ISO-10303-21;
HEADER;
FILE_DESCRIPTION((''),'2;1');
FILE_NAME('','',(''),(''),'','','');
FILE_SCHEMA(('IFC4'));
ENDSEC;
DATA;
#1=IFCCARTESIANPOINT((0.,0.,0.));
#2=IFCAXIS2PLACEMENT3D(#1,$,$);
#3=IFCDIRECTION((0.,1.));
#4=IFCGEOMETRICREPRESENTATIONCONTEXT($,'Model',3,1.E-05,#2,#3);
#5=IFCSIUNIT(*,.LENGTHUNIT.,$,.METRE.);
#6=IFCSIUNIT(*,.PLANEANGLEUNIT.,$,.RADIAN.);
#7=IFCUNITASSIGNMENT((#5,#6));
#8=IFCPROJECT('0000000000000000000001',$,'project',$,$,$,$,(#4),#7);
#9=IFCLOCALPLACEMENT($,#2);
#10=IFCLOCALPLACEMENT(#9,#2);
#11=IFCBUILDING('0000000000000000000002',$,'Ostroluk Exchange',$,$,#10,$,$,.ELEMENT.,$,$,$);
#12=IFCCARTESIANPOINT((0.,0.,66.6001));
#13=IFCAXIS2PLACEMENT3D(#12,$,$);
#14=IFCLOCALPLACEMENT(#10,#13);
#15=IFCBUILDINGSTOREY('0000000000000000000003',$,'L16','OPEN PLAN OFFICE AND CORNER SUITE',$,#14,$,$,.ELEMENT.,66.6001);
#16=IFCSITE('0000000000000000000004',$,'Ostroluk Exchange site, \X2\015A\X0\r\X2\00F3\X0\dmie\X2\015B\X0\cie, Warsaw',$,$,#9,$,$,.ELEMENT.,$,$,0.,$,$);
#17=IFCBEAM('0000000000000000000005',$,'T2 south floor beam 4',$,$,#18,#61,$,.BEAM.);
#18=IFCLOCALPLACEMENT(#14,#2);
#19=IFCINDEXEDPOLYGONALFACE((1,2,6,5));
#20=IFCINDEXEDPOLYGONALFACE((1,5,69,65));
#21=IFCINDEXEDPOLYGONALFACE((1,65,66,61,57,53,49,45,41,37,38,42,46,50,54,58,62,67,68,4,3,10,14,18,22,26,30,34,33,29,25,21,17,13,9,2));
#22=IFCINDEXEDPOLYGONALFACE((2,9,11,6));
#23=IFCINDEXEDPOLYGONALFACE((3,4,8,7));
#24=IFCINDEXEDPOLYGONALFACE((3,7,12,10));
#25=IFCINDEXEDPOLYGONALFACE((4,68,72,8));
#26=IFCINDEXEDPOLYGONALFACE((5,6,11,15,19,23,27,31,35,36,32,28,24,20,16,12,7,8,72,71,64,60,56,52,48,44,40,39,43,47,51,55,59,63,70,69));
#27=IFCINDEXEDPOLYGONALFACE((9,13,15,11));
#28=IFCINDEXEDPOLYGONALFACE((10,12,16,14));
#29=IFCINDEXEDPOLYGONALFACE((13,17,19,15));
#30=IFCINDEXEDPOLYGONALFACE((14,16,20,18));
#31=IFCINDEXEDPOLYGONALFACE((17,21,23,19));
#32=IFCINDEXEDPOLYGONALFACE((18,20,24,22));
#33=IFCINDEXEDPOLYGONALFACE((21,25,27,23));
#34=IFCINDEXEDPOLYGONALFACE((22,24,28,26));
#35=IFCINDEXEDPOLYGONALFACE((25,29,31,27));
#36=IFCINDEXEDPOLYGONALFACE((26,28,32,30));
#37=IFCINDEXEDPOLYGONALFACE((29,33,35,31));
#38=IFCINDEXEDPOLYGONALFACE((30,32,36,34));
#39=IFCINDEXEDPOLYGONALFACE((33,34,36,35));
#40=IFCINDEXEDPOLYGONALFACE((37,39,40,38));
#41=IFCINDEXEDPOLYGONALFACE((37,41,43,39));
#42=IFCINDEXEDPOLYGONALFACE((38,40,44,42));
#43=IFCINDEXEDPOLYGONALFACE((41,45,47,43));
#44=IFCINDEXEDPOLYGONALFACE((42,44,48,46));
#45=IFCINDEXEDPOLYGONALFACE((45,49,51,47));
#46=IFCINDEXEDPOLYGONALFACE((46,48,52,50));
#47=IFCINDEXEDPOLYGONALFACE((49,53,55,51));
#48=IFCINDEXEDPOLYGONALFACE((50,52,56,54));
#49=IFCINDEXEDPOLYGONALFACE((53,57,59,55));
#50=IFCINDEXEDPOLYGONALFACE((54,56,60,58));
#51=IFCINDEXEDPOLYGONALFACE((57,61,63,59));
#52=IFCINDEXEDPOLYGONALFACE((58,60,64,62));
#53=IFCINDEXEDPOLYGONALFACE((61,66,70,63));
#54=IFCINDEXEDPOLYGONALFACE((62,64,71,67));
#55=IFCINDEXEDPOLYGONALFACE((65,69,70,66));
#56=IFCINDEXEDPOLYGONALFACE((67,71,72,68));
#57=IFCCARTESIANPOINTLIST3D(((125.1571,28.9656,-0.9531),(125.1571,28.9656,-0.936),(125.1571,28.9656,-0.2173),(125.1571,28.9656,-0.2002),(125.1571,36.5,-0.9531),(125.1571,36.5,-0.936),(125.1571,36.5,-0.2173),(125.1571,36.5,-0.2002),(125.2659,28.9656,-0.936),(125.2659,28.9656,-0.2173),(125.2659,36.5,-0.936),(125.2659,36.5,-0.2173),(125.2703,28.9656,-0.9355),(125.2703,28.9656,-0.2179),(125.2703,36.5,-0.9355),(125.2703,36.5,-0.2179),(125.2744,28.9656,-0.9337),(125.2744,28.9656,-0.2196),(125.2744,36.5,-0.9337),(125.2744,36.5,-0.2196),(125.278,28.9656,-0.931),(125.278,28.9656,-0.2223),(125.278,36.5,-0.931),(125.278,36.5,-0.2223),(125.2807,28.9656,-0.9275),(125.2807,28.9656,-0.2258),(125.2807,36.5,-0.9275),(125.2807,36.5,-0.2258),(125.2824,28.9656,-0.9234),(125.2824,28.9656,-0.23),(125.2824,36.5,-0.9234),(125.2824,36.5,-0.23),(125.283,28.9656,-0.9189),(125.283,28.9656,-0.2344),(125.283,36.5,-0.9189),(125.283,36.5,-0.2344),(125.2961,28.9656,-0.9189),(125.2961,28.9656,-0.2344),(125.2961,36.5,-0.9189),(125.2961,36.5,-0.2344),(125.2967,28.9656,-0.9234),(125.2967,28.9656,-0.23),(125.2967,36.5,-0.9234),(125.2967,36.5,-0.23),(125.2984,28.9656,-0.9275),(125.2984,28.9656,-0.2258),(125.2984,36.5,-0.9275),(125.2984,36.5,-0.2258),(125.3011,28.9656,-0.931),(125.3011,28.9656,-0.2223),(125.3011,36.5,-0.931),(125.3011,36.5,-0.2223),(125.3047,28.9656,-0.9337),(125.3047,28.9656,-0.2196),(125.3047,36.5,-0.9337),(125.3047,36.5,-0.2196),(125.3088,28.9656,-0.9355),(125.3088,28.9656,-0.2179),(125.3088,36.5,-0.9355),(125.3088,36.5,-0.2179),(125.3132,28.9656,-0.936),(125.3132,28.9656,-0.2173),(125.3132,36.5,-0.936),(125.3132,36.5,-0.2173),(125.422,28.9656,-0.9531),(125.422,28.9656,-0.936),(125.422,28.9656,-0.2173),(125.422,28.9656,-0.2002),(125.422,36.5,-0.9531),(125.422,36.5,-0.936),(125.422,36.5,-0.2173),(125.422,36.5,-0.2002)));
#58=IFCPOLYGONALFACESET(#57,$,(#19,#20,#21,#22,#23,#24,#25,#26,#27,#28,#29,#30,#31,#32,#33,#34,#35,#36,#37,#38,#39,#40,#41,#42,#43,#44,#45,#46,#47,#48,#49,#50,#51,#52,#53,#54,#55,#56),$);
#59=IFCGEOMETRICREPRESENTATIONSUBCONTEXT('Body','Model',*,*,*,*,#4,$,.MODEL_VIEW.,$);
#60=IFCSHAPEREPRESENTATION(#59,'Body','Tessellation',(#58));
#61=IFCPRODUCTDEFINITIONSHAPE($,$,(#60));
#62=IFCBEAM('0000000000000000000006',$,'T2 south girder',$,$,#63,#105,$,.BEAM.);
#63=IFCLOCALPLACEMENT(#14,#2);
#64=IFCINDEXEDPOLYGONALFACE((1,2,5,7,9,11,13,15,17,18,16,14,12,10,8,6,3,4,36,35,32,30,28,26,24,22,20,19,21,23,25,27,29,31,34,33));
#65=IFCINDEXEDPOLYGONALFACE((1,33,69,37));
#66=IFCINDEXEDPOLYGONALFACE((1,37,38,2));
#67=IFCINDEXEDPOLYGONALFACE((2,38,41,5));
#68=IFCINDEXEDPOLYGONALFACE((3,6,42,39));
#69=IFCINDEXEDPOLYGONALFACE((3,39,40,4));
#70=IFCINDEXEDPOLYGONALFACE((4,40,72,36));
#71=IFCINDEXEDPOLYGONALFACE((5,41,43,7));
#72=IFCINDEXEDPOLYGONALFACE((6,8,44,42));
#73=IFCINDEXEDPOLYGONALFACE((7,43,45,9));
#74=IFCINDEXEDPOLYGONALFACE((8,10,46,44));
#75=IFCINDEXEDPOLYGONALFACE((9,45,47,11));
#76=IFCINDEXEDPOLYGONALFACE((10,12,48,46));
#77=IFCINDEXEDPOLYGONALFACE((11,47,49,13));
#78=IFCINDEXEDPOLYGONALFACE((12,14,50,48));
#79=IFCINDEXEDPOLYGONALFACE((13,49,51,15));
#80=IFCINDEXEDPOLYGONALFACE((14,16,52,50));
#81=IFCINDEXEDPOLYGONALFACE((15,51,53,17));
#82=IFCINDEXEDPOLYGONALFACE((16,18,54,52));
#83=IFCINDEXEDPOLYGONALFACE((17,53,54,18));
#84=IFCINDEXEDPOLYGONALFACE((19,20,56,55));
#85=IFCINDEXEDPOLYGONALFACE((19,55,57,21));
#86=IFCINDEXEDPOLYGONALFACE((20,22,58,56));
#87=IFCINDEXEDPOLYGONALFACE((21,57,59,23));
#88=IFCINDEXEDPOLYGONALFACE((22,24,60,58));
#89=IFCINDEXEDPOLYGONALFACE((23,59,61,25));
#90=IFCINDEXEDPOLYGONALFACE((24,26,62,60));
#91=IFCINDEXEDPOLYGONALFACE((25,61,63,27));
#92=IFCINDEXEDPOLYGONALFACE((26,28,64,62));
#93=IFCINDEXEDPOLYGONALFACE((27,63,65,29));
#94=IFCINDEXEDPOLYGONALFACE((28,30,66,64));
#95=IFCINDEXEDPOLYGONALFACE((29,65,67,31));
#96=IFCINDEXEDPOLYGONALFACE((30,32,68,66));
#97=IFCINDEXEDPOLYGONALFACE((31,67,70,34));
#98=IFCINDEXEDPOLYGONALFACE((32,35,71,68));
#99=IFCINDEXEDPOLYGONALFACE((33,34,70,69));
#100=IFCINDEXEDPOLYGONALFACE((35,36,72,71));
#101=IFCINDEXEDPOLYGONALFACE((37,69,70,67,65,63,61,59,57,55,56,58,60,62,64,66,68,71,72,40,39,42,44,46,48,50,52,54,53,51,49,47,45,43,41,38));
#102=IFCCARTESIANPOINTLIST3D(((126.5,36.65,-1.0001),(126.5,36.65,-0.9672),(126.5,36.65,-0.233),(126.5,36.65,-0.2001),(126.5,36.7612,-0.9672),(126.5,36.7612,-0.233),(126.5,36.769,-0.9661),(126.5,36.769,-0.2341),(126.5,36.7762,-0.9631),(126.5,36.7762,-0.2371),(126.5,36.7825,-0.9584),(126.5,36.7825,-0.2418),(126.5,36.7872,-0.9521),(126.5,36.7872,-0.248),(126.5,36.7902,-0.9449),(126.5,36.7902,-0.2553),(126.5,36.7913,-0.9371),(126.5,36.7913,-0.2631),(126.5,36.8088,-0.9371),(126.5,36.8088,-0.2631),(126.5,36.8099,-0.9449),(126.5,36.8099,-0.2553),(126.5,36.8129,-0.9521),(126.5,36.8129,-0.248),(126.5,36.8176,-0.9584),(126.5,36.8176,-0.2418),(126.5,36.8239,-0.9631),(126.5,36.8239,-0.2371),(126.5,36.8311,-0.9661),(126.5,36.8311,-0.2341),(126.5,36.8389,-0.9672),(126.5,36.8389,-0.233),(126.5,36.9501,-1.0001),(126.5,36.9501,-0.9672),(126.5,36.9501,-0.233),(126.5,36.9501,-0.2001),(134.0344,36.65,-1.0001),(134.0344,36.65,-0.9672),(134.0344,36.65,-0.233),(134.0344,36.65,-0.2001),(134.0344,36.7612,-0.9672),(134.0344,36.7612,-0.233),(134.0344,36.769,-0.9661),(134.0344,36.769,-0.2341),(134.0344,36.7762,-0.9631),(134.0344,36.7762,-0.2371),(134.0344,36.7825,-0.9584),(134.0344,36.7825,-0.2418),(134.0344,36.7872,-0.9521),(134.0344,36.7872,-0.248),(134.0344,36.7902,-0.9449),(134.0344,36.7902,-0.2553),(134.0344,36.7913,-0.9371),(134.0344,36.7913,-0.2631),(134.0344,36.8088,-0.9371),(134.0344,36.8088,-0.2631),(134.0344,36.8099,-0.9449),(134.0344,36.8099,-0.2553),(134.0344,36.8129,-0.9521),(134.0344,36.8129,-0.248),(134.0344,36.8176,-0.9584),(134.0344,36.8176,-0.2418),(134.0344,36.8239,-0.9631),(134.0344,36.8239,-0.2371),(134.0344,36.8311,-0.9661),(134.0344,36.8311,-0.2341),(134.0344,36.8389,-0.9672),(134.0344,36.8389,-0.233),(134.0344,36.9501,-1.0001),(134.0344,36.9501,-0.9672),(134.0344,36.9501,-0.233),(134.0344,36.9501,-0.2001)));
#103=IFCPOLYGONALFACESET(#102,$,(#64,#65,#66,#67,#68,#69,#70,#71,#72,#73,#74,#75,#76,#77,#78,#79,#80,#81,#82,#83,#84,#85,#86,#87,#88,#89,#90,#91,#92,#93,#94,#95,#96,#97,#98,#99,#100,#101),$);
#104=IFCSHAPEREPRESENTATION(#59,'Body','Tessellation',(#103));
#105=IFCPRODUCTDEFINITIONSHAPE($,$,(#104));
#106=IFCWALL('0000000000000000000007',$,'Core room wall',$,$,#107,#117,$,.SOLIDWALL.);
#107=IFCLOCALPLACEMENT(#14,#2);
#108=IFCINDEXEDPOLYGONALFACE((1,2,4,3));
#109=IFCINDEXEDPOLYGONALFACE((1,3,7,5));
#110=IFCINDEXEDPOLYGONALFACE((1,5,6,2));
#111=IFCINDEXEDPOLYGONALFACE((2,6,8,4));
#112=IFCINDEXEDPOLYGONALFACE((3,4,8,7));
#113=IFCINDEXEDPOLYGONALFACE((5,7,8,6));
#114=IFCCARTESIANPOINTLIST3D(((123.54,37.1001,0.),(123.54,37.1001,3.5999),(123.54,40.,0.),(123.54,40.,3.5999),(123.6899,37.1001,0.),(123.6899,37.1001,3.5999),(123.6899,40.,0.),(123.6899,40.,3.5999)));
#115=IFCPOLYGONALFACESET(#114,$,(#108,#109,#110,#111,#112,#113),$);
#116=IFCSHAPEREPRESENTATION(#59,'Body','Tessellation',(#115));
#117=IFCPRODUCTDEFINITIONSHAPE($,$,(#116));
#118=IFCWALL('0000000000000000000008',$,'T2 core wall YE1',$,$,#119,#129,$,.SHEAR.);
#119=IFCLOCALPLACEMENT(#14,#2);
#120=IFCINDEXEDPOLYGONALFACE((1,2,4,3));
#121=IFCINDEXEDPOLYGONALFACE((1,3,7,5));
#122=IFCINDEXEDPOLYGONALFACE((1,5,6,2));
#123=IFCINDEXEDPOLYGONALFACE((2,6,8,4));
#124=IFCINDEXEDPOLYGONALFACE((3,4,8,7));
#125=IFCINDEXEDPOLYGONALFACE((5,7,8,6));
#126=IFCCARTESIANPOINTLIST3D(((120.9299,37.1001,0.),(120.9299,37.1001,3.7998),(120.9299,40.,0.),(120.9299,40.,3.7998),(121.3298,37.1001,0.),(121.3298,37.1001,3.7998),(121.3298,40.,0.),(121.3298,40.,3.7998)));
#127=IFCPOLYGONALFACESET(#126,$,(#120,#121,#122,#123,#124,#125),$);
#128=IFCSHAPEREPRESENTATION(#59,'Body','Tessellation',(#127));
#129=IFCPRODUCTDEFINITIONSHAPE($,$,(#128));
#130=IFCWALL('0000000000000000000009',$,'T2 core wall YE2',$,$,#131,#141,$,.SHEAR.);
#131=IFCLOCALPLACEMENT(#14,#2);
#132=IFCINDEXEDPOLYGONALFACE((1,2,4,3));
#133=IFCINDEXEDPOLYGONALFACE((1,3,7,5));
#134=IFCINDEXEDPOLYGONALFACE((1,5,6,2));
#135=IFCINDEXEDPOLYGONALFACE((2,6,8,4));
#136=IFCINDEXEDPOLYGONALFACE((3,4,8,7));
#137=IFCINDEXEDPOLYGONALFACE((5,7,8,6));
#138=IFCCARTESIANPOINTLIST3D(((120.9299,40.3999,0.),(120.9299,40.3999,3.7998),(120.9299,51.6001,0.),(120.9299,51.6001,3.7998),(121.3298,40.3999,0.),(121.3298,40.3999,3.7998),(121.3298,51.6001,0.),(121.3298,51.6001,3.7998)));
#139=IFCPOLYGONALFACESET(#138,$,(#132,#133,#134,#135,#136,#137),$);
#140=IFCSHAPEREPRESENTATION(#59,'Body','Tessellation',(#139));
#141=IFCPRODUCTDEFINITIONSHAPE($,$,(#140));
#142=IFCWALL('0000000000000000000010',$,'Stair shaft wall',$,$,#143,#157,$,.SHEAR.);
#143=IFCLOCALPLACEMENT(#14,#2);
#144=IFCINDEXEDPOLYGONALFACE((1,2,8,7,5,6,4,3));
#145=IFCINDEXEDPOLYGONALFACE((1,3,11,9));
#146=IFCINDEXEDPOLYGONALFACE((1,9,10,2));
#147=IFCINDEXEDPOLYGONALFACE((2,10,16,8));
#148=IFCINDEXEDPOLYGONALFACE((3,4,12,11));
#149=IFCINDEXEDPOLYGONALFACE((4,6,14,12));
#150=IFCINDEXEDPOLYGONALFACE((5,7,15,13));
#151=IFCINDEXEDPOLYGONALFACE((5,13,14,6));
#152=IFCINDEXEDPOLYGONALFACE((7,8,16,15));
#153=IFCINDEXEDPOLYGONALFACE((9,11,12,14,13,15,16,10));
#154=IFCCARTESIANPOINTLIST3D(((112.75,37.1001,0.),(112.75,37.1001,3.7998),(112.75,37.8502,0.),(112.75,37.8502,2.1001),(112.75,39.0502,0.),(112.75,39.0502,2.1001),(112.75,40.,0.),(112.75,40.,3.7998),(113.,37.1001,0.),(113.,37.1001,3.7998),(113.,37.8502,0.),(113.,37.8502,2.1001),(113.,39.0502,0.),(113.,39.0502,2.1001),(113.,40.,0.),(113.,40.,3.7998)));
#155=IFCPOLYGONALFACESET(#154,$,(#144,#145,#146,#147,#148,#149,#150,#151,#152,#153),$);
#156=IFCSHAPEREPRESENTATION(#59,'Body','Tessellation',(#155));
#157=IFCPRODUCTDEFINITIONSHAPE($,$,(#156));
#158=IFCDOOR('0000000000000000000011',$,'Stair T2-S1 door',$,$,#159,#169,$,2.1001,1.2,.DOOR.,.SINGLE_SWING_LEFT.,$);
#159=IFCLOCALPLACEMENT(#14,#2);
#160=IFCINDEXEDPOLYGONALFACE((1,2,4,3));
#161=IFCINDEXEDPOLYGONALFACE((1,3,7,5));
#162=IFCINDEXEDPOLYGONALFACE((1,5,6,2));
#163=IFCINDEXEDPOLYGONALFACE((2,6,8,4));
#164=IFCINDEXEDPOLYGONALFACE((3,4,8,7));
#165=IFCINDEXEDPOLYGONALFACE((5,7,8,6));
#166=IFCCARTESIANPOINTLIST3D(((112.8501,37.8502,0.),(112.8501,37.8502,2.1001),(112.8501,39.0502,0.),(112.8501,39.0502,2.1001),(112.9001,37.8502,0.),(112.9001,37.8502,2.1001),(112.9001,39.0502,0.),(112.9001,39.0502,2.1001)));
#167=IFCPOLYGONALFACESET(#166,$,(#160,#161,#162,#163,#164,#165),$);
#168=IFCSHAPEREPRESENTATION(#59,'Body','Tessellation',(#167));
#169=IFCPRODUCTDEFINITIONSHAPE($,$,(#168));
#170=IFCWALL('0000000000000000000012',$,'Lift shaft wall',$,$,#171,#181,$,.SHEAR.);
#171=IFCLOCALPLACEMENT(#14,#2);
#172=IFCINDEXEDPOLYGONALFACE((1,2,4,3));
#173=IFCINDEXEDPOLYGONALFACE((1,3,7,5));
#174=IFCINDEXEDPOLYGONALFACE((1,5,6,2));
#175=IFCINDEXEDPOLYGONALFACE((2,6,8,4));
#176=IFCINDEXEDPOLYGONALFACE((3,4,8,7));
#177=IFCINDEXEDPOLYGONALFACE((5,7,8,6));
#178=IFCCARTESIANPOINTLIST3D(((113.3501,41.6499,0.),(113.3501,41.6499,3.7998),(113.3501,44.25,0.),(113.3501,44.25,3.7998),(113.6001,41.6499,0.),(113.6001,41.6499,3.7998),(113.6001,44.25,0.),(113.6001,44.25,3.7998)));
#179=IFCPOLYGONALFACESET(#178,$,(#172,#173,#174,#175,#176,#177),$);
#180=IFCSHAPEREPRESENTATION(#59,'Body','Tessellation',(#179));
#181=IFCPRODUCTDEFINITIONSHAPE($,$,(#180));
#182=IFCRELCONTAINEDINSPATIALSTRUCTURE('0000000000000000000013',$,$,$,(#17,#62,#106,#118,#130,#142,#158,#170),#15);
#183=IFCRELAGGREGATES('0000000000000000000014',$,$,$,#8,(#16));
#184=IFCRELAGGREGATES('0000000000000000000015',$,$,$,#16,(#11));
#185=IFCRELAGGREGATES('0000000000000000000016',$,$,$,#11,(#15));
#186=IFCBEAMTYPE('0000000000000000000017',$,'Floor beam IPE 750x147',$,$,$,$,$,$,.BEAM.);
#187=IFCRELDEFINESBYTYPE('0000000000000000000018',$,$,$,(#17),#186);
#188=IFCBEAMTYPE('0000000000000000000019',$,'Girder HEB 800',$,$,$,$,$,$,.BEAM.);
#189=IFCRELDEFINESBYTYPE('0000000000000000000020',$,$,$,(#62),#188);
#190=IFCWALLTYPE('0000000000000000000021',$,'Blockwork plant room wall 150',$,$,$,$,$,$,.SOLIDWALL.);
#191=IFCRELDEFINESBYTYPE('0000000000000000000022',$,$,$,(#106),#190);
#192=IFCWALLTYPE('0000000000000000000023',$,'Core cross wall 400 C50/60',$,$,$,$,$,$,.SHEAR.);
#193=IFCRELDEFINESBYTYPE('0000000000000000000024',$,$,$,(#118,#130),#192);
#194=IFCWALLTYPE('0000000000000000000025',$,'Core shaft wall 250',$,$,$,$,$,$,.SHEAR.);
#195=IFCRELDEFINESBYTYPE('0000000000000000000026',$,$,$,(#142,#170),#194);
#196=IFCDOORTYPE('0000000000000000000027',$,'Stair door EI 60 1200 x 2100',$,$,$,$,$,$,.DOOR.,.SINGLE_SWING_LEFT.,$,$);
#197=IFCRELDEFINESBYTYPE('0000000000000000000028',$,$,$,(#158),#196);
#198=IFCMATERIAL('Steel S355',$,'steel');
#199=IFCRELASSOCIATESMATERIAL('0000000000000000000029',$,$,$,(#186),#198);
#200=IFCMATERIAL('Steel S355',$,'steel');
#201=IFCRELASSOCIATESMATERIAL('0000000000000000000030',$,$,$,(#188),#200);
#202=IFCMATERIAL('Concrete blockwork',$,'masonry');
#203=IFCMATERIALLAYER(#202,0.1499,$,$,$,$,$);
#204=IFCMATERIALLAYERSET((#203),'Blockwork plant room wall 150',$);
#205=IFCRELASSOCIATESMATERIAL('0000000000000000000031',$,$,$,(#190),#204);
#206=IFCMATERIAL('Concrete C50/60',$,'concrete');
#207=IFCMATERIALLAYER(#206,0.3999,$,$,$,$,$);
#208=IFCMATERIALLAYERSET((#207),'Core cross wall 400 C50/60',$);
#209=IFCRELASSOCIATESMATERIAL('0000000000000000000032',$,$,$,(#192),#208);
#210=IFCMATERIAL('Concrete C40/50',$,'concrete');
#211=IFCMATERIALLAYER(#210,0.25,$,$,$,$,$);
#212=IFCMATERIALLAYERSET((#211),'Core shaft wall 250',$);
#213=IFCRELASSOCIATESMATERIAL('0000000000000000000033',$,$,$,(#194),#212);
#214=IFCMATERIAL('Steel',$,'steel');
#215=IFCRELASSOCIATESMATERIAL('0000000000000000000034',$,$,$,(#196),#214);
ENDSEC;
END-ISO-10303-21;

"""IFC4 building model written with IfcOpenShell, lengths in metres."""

from ifc_helpers import new_model, si_unit, direction, frame, frame_2d, origin, origin_2d, place, context, subcontext, project, spatial, rectangle, i_section, extrude, material, layer, layer_set, material_profile, profile_set, type_object, element, fill, save


model = new_model("IFC4")

# Units and contexts
model_context = context("Model", 3, precision=1e-05, world=origin(), true_north=direction((0.0, 1.0)))
body_context = subcontext(model_context, "Body", "Model", "MODEL_VIEW")
ifc_project = project(units=[si_unit("LENGTHUNIT", "METRE"), si_unit("PLANEANGLEUNIT", "RADIAN")], contexts=[model_context])

# Site, building, storey
site_placement = place(None, origin())
site = spatial("IfcSite", under=ifc_project, at=site_placement, Name="Ostroluk Exchange site, Śródmieście, Warsaw", CompositionType="ELEMENT", RefElevation=0.0)
building_placement = place(site_placement, origin())
building = spatial("IfcBuilding", under=site, at=building_placement, Name="Ostroluk Exchange", CompositionType="ELEMENT")
storey_placement = place(building_placement, frame((0.0, 0.0, 66.6001)))
storey = spatial("IfcBuildingStorey", under=building, at=storey_placement, Name="L16", Description="OPEN PLAN OFFICE AND CORNER SUITE", CompositionType="ELEMENT", Elevation=66.6001)

# Beams
ifc_material_1 = material(Name="Steel S355", Category="steel")
ifc_material_profile_1 = material_profile(ifc_material_1, i_section(OverallWidth=0.2649, OverallDepth=0.7529, WebThickness=0.0132, FlangeThickness=0.0171, FilletRadius=0.0171, at=origin_2d()), Name="IPE 750x147")
ifc_profile_set_1 = profile_set([ifc_material_profile_1], Name="Steel S355")
beam_type_1 = type_object("IfcBeamType", Name="Floor beam IPE 750x147", PredefinedType="BEAM", material=ifc_profile_set_1)
for number, where, z_axis, x_axis, name in (
    (1, (125.2896, 36.5, -0.5767), (0.0, -1.0, 0.0), (1.0, 0.0, 0.0), "T2 south floor beam 4"),
):
    element("IfcBeam", number, at=place(storey_placement, frame(where, z_axis=z_axis, x_axis=x_axis)), inside=storey, type_object=beam_type_1, Name=name, PredefinedType="BEAM", context=body_context, shape_type="SweptSolid", body=[
        extrude(i_section(OverallWidth=0.2649, OverallDepth=0.7529, WebThickness=0.0132, FlangeThickness=0.0171, FilletRadius=0.0171, at=origin_2d()), origin(), (0.0, 0.0, 1.0), 7.5344),
    ])
ifc_material_2 = material(Name="Steel S355", Category="steel")
ifc_material_profile_2 = material_profile(ifc_material_2, i_section(OverallWidth=0.3, OverallDepth=0.8, WebThickness=0.0176, FlangeThickness=0.033, FilletRadius=0.03, at=origin_2d()), Name="HEB 800")
ifc_profile_set_2 = profile_set([ifc_material_profile_2], Name="Steel S355")
beam_type_2 = type_object("IfcBeamType", Name="Girder HEB 800", PredefinedType="BEAM", material=ifc_profile_set_2)
beam_placement = place(storey_placement, frame((126.5, 36.8, -0.6001), z_axis=(1.0, 0.0, 0.0), x_axis=(0.0, 1.0, 0.0)))
element("IfcBeam", 2, at=beam_placement, inside=storey, type_object=beam_type_2, Name="T2 south girder", PredefinedType="BEAM", context=body_context, shape_type="SweptSolid", body=[
    extrude(i_section(OverallWidth=0.3, OverallDepth=0.8, WebThickness=0.0176, FlangeThickness=0.033, FilletRadius=0.03, at=origin_2d()), origin(), (0.0, 0.0, 1.0), 7.5344),
])

# Walls
ifc_material_3 = material(Name="Concrete blockwork", Category="masonry")
ifc_layer_1 = layer(ifc_material_3, 0.1499)
ifc_layer_set_1 = layer_set([ifc_layer_1], Name="Blockwork plant room wall 150")
wall_type_1 = type_object("IfcWallType", Name="Blockwork plant room wall 150", PredefinedType="SOLIDWALL", material=ifc_layer_set_1)
wall_1_placement = place(storey_placement, frame((123.615, 37.1001, 0.0), z_axis=(0.0, 0.0, 1.0), x_axis=(0.0, 1.0, 0.0)))
element("IfcWall", 3, at=wall_1_placement, inside=storey, type_object=wall_type_1, Name="Core room wall", PredefinedType="SOLIDWALL", context=body_context, shape_type="SweptSolid", body=[
    extrude(rectangle(XDim=2.8999, YDim=0.1499, at=frame_2d((1.45, 0.0))), origin(), (0.0, 0.0, 1.0), 3.5999),
])
ifc_material_4 = material(Name="Concrete C50/60", Category="concrete")
ifc_layer_2 = layer(ifc_material_4, 0.3999)
ifc_layer_set_2 = layer_set([ifc_layer_2], Name="Core cross wall 400 C50/60")
wall_type_2 = type_object("IfcWallType", Name="Core cross wall 400 C50/60", PredefinedType="SHEAR", material=ifc_layer_set_2)
wall_2_placement = place(storey_placement, frame((121.1299, 37.1001, 0.0), z_axis=(0.0, 0.0, 1.0), x_axis=(0.0, 1.0, 0.0)))
element("IfcWall", 4, at=wall_2_placement, inside=storey, type_object=wall_type_2, Name="T2 core wall YE1", PredefinedType="SHEAR", context=body_context, shape_type="SweptSolid", body=[
    extrude(rectangle(XDim=2.8999, YDim=0.3999, at=frame_2d((1.45, 0.0))), origin(), (0.0, 0.0, 1.0), 3.7998),
])
wall_3_placement = place(storey_placement, frame((121.1299, 40.3999, 0.0), z_axis=(0.0, 0.0, 1.0), x_axis=(0.0, 1.0, 0.0)))
element("IfcWall", 5, at=wall_3_placement, inside=storey, type_object=wall_type_2, Name="T2 core wall YE2", PredefinedType="SHEAR", context=body_context, shape_type="SweptSolid", body=[
    extrude(rectangle(XDim=11.2002, YDim=0.3999, at=frame_2d((5.6001, 0.0))), origin(), (0.0, 0.0, 1.0), 3.7998),
])

# Wall, opening, door
ifc_material_5 = material(Name="Concrete C40/50", Category="concrete")
ifc_layer_3 = layer(ifc_material_5, 0.25)
ifc_layer_set_3 = layer_set([ifc_layer_3], Name="Core shaft wall 250")
wall_type_3 = type_object("IfcWallType", Name="Core shaft wall 250", PredefinedType="SHEAR", material=ifc_layer_set_3)
wall_4_placement = place(storey_placement, frame((112.875, 37.1001, 0.0), z_axis=(0.0, 0.0, 1.0), x_axis=(0.0, 1.0, 0.0)))
wall_4 = element("IfcWall", 6, at=wall_4_placement, inside=storey, type_object=wall_type_3, Name="Stair shaft wall", PredefinedType="SHEAR", context=body_context, shape_type="SweptSolid", body=[
    extrude(rectangle(XDim=2.8999, YDim=0.25, at=frame_2d((1.45, 0.0))), origin(), (0.0, 0.0, 1.0), 3.7998),
])
opening_1_placement = place(wall_4_placement, frame((0.75, 0.0, 0.0)))
opening_1 = element("IfcOpeningElement", 7, at=opening_1_placement, cuts=wall_4, PredefinedType="OPENING", context=body_context, shape_type="SweptSolid", body=[
    extrude(rectangle(XDim=1.2, YDim=2.1001, at=frame_2d((0.6001, 1.05))), frame((0.0, 0.135, 0.0), z_axis=(0.0, -1.0, 0.0), x_axis=(1.0, 0.0, 0.0)), (0.0, 0.0, 1.0), 0.27),
])
ifc_material_6 = material(Name="Steel", Category="steel")
door_type_1 = type_object("IfcDoorType", Name="Stair door EI 60 1200 x 2100", OperationType="SINGLE_SWING_LEFT", PredefinedType="DOOR", material=ifc_material_6)
door_1_placement = place(opening_1_placement, origin())
door_1 = element("IfcDoor", 8, at=door_1_placement, inside=storey, type_object=door_type_1, Name="Stair T2-S1 door", OperationType="SINGLE_SWING_LEFT", OverallHeight=2.1001, OverallWidth=1.2, PredefinedType="DOOR", context=body_context, shape_type="SweptSolid", body=[
    extrude(rectangle(XDim=1.2, YDim=2.1001, at=frame_2d((0.6001, 1.05))), frame((0.0, 0.0249, 0.0), z_axis=(0.0, -1.0, 0.0), x_axis=(1.0, 0.0, 0.0)), (0.0, 0.0, 1.0), 0.05),
])
fill(opening_1, door_1)

# Wall
for number, where, z_axis, x_axis, name in (
    (9, (113.4751, 44.25, 0.0), (0.0, 0.0, 1.0), (0.0, -1.0, 0.0), "Lift shaft wall"),
):
    element("IfcWall", number, at=place(storey_placement, frame(where, z_axis=z_axis, x_axis=x_axis)), inside=storey, type_object=wall_type_3, Name=name, PredefinedType="SHEAR", context=body_context, shape_type="SweptSolid", body=[
        extrude(rectangle(XDim=2.6001, YDim=0.25, at=frame_2d((1.3, 0.0))), origin(), (0.0, 0.0, 1.0), 3.7998),
    ])

save(model, "model.ifc")
